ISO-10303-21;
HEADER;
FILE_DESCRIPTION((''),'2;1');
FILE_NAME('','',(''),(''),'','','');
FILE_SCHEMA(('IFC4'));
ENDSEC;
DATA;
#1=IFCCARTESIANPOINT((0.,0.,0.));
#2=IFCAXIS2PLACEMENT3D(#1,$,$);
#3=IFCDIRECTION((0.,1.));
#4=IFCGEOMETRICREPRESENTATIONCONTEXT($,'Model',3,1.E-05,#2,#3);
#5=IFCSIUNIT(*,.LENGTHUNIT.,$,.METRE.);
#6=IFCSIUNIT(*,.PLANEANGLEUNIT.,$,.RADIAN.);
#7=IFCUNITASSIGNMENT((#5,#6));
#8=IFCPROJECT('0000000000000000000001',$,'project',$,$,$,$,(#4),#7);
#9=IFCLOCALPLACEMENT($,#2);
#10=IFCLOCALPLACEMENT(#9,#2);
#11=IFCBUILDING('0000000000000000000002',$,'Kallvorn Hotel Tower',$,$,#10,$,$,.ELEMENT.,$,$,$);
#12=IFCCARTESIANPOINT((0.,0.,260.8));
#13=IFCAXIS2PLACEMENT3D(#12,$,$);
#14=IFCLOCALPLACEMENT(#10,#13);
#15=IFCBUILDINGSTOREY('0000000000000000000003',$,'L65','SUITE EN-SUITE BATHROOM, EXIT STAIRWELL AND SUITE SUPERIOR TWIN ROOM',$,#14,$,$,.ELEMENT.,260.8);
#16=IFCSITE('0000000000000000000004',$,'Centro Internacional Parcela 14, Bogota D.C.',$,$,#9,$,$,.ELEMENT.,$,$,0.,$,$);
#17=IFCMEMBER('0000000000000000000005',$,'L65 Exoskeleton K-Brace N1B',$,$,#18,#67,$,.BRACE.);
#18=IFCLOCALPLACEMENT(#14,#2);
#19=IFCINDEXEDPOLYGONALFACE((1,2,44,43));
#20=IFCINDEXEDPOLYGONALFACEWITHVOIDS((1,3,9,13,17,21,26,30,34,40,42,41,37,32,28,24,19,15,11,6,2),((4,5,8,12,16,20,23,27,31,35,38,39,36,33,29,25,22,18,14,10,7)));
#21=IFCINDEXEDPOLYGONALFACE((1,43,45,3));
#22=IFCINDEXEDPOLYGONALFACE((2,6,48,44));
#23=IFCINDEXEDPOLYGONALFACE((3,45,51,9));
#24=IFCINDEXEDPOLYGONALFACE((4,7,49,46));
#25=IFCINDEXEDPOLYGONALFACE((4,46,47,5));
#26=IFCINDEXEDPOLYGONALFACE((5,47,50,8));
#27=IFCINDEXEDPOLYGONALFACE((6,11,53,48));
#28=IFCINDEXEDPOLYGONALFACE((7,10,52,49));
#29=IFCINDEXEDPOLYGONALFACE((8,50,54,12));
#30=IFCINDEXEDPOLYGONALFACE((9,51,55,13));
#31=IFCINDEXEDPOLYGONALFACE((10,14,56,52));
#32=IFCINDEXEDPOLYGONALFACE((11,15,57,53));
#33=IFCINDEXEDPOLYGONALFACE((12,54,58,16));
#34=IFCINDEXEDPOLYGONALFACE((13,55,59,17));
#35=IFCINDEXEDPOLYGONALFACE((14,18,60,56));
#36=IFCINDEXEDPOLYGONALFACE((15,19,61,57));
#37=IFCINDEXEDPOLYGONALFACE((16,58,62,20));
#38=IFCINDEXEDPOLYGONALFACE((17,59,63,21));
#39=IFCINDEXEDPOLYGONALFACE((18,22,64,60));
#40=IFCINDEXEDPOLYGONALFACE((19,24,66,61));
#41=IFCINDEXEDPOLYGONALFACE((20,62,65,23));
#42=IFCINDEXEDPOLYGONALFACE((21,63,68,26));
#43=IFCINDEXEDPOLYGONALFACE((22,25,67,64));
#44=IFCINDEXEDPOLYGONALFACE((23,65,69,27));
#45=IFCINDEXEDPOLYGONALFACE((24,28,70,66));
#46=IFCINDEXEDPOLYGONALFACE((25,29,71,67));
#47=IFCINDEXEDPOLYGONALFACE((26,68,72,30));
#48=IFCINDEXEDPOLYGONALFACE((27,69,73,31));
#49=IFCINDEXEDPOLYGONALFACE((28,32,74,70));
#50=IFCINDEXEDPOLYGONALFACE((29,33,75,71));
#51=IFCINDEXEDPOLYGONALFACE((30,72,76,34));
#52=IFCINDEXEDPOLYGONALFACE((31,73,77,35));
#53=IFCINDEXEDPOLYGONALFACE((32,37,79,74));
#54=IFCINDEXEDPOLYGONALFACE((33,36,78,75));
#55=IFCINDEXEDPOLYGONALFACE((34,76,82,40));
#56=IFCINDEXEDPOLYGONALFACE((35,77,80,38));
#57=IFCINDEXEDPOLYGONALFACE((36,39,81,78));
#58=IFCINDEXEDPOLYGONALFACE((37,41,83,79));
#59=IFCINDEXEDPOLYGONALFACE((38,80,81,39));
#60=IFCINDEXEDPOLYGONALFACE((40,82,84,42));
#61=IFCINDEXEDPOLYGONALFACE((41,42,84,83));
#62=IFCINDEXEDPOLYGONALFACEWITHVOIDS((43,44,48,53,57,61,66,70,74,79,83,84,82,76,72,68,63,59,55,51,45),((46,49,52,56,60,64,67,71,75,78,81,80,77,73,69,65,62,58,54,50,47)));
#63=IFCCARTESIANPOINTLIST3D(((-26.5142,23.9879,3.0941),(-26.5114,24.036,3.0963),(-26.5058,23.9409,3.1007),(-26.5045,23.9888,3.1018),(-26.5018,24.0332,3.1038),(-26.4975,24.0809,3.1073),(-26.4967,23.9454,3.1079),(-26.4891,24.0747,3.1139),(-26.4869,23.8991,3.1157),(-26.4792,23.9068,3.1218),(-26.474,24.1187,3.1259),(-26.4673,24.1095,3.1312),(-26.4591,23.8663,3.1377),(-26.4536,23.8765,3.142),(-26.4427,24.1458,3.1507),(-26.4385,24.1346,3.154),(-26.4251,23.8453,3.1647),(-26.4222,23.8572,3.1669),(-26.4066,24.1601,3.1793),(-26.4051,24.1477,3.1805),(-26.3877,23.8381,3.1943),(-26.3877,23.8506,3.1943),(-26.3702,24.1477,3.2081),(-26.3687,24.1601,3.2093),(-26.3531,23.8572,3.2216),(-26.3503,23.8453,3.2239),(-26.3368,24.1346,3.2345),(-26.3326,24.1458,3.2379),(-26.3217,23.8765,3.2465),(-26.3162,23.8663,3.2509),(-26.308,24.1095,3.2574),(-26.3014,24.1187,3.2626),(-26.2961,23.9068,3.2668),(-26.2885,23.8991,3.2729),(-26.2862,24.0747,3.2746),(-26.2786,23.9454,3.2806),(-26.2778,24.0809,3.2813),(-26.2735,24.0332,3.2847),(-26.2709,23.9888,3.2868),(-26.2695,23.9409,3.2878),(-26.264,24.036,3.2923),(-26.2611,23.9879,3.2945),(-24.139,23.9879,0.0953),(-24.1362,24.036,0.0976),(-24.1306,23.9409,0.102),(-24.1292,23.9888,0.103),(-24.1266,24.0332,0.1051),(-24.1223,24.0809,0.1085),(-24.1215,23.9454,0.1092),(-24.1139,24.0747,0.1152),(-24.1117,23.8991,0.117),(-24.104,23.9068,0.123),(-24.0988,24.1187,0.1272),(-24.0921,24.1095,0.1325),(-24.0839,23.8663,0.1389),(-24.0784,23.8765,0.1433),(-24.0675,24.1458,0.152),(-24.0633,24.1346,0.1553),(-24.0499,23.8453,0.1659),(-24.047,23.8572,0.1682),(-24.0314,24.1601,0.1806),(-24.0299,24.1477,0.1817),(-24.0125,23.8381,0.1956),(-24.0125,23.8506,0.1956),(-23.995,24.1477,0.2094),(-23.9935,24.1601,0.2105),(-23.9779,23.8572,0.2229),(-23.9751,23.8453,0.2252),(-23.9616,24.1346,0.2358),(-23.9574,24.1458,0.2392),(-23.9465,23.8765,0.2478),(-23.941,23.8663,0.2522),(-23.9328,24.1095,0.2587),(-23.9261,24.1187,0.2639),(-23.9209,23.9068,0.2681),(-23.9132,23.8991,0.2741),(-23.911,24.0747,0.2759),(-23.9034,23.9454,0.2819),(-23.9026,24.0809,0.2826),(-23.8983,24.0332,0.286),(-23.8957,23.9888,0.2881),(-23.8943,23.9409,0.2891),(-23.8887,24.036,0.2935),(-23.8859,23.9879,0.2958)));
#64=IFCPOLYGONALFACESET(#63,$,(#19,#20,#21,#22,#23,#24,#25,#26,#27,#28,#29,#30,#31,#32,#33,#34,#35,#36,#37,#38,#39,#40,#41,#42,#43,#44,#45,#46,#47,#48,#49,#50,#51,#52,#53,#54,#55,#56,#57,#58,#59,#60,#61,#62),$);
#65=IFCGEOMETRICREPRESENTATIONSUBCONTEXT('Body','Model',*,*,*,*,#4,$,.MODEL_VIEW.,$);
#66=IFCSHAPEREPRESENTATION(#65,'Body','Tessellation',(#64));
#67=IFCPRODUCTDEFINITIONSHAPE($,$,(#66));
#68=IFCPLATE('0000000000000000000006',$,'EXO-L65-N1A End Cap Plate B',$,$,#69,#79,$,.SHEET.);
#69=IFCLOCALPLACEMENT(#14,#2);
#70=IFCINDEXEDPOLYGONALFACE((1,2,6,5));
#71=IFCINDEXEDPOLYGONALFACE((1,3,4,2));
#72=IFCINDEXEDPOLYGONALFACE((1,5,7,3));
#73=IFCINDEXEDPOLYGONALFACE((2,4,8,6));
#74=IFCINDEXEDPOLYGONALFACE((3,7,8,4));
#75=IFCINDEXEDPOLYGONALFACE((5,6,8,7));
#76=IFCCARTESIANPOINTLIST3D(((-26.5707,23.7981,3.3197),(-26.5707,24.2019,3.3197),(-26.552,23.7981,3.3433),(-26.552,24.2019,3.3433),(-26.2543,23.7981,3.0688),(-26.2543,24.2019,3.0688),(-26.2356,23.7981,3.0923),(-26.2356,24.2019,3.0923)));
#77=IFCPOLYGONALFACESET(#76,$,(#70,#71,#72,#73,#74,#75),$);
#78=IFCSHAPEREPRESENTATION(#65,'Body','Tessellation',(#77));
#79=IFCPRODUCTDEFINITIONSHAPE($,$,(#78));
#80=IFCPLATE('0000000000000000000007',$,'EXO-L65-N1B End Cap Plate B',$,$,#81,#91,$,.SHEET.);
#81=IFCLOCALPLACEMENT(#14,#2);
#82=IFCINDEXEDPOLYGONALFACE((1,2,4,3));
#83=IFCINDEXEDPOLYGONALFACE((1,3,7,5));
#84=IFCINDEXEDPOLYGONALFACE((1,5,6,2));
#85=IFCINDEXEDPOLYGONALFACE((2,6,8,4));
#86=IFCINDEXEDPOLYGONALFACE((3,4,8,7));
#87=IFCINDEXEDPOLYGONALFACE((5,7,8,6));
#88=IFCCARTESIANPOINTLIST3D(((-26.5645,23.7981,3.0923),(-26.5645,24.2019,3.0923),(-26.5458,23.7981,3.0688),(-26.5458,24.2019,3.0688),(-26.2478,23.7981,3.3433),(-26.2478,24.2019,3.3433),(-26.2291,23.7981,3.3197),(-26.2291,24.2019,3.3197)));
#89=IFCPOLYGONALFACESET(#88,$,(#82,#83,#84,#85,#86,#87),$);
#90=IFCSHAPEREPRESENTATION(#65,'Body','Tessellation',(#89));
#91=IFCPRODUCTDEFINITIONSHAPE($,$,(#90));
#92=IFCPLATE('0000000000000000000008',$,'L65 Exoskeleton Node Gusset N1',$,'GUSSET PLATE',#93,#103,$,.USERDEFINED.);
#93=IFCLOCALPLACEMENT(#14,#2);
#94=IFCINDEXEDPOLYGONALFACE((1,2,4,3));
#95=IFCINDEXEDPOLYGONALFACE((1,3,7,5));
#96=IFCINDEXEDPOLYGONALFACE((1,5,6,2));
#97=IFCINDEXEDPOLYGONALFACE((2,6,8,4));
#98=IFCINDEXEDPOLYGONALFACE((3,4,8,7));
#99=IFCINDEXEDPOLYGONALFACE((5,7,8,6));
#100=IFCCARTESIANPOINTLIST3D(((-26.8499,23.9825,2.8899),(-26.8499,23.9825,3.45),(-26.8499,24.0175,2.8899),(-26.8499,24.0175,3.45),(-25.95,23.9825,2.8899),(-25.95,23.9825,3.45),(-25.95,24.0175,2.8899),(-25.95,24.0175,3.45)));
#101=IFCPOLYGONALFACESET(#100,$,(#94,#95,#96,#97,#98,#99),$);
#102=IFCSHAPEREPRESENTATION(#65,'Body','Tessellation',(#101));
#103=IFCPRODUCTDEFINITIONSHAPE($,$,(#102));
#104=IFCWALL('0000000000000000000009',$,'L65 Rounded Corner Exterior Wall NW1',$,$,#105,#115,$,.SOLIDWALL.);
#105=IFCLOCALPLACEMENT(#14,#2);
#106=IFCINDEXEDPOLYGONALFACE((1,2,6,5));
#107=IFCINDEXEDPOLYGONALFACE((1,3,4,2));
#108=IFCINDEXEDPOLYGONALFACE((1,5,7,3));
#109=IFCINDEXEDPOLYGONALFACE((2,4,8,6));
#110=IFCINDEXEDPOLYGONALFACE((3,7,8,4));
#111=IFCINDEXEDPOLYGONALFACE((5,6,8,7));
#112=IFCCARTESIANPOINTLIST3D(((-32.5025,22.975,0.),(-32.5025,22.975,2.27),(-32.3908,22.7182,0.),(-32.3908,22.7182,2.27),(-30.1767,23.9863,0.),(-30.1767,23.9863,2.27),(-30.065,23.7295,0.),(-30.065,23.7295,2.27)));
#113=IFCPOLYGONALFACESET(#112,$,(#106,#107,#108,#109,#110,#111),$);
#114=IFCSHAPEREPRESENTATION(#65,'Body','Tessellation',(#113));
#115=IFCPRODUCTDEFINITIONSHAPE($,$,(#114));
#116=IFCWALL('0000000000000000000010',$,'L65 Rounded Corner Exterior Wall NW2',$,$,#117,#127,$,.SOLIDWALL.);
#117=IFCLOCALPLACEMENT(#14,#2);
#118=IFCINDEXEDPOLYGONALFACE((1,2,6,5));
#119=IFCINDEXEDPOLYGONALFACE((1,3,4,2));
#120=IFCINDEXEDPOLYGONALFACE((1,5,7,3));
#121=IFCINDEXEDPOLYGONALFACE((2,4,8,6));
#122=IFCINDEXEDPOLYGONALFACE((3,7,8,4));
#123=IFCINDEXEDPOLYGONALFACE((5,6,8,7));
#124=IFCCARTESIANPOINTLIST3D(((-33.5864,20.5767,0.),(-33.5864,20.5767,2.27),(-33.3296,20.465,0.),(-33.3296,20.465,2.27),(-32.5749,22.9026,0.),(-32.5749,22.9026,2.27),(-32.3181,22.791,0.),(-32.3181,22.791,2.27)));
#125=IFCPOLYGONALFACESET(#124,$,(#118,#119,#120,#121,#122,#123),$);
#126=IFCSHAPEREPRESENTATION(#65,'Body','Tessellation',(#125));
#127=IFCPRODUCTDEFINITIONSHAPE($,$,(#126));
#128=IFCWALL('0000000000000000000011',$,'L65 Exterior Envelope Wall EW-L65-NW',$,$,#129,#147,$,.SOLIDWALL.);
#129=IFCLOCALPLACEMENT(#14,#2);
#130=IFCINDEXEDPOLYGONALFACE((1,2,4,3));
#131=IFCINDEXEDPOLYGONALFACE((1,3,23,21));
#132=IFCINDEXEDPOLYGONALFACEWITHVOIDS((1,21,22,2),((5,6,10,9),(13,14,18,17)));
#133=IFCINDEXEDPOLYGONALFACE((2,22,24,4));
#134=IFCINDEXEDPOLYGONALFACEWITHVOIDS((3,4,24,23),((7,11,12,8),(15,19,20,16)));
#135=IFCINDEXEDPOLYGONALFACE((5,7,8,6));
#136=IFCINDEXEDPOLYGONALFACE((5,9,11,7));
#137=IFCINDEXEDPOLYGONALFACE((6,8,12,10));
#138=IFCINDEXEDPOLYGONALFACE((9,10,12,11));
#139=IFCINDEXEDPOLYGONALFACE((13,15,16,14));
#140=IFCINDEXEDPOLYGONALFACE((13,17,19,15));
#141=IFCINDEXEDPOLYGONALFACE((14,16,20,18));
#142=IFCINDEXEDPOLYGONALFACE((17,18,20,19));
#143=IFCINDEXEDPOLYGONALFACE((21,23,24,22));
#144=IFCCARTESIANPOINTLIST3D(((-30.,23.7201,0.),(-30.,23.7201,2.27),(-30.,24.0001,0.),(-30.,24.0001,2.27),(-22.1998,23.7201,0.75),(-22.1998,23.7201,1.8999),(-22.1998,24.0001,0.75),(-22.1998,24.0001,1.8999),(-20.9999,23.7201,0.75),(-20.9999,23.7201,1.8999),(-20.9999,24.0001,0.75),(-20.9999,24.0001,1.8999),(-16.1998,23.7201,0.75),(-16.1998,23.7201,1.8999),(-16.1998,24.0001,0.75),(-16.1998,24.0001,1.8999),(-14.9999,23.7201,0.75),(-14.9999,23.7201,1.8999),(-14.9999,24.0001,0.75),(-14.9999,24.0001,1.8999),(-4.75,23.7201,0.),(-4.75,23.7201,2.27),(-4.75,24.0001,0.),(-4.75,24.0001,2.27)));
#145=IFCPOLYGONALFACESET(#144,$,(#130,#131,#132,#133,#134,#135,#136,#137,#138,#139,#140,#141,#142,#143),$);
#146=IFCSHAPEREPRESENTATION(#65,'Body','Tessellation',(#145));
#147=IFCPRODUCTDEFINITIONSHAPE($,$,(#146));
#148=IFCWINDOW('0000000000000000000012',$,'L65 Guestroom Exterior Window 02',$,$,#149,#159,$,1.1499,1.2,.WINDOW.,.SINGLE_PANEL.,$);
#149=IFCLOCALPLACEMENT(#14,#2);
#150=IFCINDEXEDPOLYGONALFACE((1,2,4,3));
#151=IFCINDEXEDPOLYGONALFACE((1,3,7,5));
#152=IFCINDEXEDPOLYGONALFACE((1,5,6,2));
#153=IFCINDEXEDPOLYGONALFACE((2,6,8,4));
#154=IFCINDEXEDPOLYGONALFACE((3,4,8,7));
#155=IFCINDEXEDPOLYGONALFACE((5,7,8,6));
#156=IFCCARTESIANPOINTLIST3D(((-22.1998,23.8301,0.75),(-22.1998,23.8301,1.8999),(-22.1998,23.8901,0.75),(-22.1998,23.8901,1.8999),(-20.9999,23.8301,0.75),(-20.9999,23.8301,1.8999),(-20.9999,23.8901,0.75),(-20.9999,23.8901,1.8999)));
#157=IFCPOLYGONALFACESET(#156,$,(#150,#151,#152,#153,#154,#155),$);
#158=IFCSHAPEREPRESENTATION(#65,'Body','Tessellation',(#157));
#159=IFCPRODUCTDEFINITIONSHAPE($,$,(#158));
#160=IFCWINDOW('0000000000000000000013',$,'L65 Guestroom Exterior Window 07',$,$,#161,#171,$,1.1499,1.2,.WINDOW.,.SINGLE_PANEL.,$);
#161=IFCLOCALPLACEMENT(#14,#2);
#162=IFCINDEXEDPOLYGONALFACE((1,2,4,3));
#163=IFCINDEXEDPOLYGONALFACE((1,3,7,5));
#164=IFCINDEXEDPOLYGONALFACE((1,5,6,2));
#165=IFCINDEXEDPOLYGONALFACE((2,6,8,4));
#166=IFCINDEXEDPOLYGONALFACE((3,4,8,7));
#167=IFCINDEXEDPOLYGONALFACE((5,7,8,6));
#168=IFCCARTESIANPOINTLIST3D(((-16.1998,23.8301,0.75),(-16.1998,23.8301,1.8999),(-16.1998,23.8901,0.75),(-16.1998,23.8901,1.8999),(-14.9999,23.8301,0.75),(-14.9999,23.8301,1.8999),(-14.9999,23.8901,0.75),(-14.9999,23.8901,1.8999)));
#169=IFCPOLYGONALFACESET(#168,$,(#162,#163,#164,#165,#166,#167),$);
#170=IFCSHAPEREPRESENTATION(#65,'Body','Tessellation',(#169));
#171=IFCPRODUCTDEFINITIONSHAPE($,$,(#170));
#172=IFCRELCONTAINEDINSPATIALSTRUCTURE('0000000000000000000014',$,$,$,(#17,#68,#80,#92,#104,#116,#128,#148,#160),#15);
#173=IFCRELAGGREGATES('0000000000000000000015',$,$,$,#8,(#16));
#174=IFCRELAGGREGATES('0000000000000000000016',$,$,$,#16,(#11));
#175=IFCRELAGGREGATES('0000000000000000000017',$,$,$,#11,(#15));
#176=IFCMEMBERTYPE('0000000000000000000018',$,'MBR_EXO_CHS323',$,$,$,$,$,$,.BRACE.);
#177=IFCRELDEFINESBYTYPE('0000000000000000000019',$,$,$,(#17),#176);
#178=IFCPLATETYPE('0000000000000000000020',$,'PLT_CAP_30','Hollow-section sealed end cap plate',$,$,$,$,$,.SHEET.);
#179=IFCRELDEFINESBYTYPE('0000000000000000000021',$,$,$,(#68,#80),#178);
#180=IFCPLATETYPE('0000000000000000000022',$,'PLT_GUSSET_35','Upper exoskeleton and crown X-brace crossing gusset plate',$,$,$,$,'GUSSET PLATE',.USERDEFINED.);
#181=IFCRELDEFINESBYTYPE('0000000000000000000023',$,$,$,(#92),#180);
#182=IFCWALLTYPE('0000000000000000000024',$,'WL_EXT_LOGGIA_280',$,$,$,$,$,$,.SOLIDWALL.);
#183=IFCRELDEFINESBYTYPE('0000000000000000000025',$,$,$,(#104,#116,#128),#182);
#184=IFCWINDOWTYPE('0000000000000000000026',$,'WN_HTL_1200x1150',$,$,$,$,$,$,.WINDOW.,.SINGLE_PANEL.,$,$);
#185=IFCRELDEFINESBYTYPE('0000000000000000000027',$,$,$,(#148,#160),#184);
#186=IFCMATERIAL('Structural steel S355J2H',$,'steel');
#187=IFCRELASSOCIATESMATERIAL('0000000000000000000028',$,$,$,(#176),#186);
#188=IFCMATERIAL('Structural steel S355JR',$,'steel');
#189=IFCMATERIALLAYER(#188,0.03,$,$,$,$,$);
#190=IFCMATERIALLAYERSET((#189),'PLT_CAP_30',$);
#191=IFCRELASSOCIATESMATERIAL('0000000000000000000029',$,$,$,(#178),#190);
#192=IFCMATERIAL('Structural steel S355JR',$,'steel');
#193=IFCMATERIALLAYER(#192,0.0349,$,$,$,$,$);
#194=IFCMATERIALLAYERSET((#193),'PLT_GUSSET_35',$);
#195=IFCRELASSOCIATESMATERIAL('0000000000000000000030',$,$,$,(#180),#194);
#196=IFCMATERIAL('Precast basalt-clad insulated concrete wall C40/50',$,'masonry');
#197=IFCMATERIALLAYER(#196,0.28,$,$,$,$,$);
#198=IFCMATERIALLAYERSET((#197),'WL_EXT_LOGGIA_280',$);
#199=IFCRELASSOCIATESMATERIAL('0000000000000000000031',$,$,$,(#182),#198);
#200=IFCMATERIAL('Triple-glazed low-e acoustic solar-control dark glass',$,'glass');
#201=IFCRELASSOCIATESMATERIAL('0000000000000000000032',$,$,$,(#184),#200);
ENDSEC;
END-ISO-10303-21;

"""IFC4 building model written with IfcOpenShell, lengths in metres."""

from ifc_helpers import new_model, si_unit, direction, frame, frame_2d, origin, origin_2d, place, context, subcontext, project, spatial, polyline, rectangle, hollow_circle, outline, extrude, material, layer, layer_set, material_profile, profile_set, type_object, element, fill, save


model = new_model("IFC4")

# Units and contexts
model_context = context("Model", 3, precision=1e-05, world=origin(), true_north=direction((0.0, 1.0)))
body_context = subcontext(model_context, "Body", "Model", "MODEL_VIEW")
ifc_project = project(units=[si_unit("LENGTHUNIT", "METRE"), si_unit("PLANEANGLEUNIT", "RADIAN")], contexts=[model_context])

# Site, building, storey
site_placement = place(None, origin())
site = spatial("IfcSite", under=ifc_project, at=site_placement, Name="Centro Internacional Parcela 14, Bogota D.C.", CompositionType="ELEMENT", RefElevation=0.0)
building_placement = place(site_placement, origin())
building = spatial("IfcBuilding", under=site, at=building_placement, Name="Kallvorn Hotel Tower", CompositionType="ELEMENT")
storey_placement = place(building_placement, frame((0.0, 0.0, 260.8)))
storey = spatial("IfcBuildingStorey", under=building, at=storey_placement, Name="L65", Description="SUITE EN-SUITE BATHROOM, EXIT STAIRWELL AND SUITE SUPERIOR TWIN ROOM", CompositionType="ELEMENT", Elevation=260.8)

# Member
ifc_material_1 = material(Name="Structural steel S355J2H", Category="steel")
ifc_material_profile_1 = material_profile(ifc_material_1, hollow_circle(Radius=0.1619, WallThickness=0.0125, at=origin_2d()), Name="CHS 323.9x12.5")
ifc_profile_set_1 = profile_set([ifc_material_profile_1], Name="Structural steel S355J2H")
member_type_1 = type_object("IfcMemberType", Name="MBR_EXO_CHS323", PredefinedType="BRACE", material=ifc_profile_set_1)
for number, where, z_axis, x_axis, name in (
    (1, (-24.0125, 24.0, 0.1956), (-0.620897, 0.0, 0.783892), (0.0, -1.0, 0.0), "L65 Exoskeleton K-Brace N1B"),
):
    element("IfcMember", number, at=place(storey_placement, frame(where, z_axis=z_axis, x_axis=x_axis)), inside=storey, type_object=member_type_1, Name=name, PredefinedType="BRACE", context=body_context, shape_type="SweptSolid", body=[
        extrude(hollow_circle(Radius=0.1619, WallThickness=0.0125, at=origin_2d()), origin(), (0.0, 0.0, 1.0), 3.8254),
    ])

# Plates
ifc_material_2 = material(Name="Structural steel S355JR", Category="steel")
ifc_layer_1 = layer(ifc_material_2, 0.03)
ifc_layer_set_1 = layer_set([ifc_layer_1], Name="PLT_CAP_30")
plate_type_1 = type_object("IfcPlateType", Name="PLT_CAP_30", Description="Hollow-section sealed end cap plate", PredefinedType="SHEET", material=ifc_layer_set_1)
plate_1_placement = place(storey_placement, frame((-26.2356, 23.7981, 3.0923), z_axis=(0.621446, 0.0, 0.783457), x_axis=(0.0, 1.0, 0.0)))
element("IfcPlate", 2, at=plate_1_placement, inside=storey, type_object=plate_type_1, Name="EXO-L65-N1A End Cap Plate B", PredefinedType="SHEET", context=body_context, shape_type="SweptSolid", body=[
    extrude(outline(polyline([(0.0, 0.0), (0.4038, 0.0), (0.4038, 0.4039), (0.0, 0.4039), (0.0, 0.0)])), origin(), (0.0, 0.0, -1.0), 0.03),
])
plate_2_placement = place(storey_placement, frame((-26.5645, 24.2019, 3.0923), z_axis=(-0.621152, 0.0, 0.78369), x_axis=(0.0, -1.0, 0.0)))
element("IfcPlate", 3, at=plate_2_placement, inside=storey, type_object=plate_type_1, Name="EXO-L65-N1B End Cap Plate B", PredefinedType="SHEET", context=body_context, shape_type="SweptSolid", body=[
    extrude(outline(polyline([(0.0, 0.0), (0.4038, 0.0), (0.4038, 0.4041), (0.0, 0.4041), (0.0, 0.0)])), origin(), (0.0, 0.0, -1.0), 0.03),
])
ifc_material_3 = material(Name="Structural steel S355JR", Category="steel")
ifc_layer_2 = layer(ifc_material_3, 0.0349)
ifc_layer_set_2 = layer_set([ifc_layer_2], Name="PLT_GUSSET_35")
plate_type_2 = type_object("IfcPlateType", Name="PLT_GUSSET_35", Description="Upper exoskeleton and crown X-brace crossing gusset plate", ElementType="GUSSET PLATE", PredefinedType="USERDEFINED", material=ifc_layer_set_2)
plate_3_placement = place(storey_placement, frame((-26.3999, 24.0, 2.8899), z_axis=(0.0, 0.0, 1.0), x_axis=(1.0, 0.0, 0.0)))
element("IfcPlate", 4, at=plate_3_placement, inside=storey, type_object=plate_type_2, Name="L65 Exoskeleton Node Gusset N1", ObjectType="GUSSET PLATE", PredefinedType="USERDEFINED", context=body_context, shape_type="SweptSolid", body=[
    extrude(rectangle(XDim=0.8999, YDim=0.0349, at=origin_2d()), origin(), (0.0, 0.0, 1.0), 0.5601),
])

# Walls
ifc_material_4 = material(Name="Precast basalt-clad insulated concrete wall C40/50", Category="masonry")
ifc_layer_3 = layer(ifc_material_4, 0.28)
ifc_layer_set_3 = layer_set([ifc_layer_3], Name="WL_EXT_LOGGIA_280")
wall_type = type_object("IfcWallType", Name="WL_EXT_LOGGIA_280", PredefinedType="SOLIDWALL", material=ifc_layer_set_3)
wall_1_placement = place(storey_placement, frame((-30.1208, 23.8579, 0.0), z_axis=(0.0, 0.0, 1.0), x_axis=(-0.917061, -0.398747, 0.0)))
element("IfcWall", 5, at=wall_1_placement, inside=storey, type_object=wall_type, Name="L65 Rounded Corner Exterior Wall NW1", PredefinedType="SOLIDWALL", context=body_context, shape_type="SweptSolid", body=[
    extrude(rectangle(XDim=2.5361, YDim=0.28, at=frame_2d((1.2681, 0.0))), origin(), (0.0, 0.0, 1.0), 2.27),
])
wall_2_placement = place(storey_placement, frame((-32.4465, 22.8467, 0.0), z_axis=(0.0, 0.0, 1.0), x_axis=(-0.398793, -0.917041, 0.0)))
element("IfcWall", 6, at=wall_2_placement, inside=storey, type_object=wall_type, Name="L65 Rounded Corner Exterior Wall NW2", PredefinedType="SOLIDWALL", context=body_context, shape_type="SweptSolid", body=[
    extrude(rectangle(XDim=2.5364, YDim=0.28, at=frame_2d((1.2681, 0.0))), origin(), (0.0, 0.0, 1.0), 2.27),
])

# Wall, openings, windows
wall_3_placement = place(storey_placement, frame((-30.0, 23.8601, 0.0), z_axis=(0.0, 0.0, 1.0), x_axis=(1.0, 0.0, 0.0)))
wall_3 = element("IfcWall", 7, at=wall_3_placement, inside=storey, type_object=wall_type, Name="L65 Exterior Envelope Wall EW-L65-NW", PredefinedType="SOLIDWALL", context=body_context, shape_type="SweptSolid", body=[
    extrude(rectangle(XDim=25.25, YDim=0.28, at=frame_2d((12.625, 0.0))), origin(), (0.0, 0.0, 1.0), 2.27),
])
opening_1_placement = place(wall_3_placement, frame((7.8, 0.0, 0.75)))
opening_1 = element("IfcOpeningElement", 8, at=opening_1_placement, cuts=wall_3, PredefinedType="OPENING", context=body_context, shape_type="SweptSolid", body=[
    extrude(rectangle(XDim=1.2, YDim=1.1499, at=frame_2d((0.6001, 0.575))), frame((0.0, 0.155, 0.0), z_axis=(0.0, -1.0, 0.0), x_axis=(1.0, 0.0, 0.0)), (0.0, 0.0, 1.0), 0.3101),
])
opening_2_placement = place(wall_3_placement, frame((13.8, 0.0, 0.75)))
opening_2 = element("IfcOpeningElement", 9, at=opening_2_placement, cuts=wall_3, PredefinedType="OPENING", context=body_context, shape_type="SweptSolid", body=[
    extrude(rectangle(XDim=1.2, YDim=1.1499, at=frame_2d((0.6001, 0.575))), frame((0.0, 0.155, 0.0), z_axis=(0.0, -1.0, 0.0), x_axis=(1.0, 0.0, 0.0)), (0.0, 0.0, 1.0), 0.3101),
])
ifc_material_5 = material(Name="Triple-glazed low-e acoustic solar-control dark glass", Category="glass")
window_type = type_object("IfcWindowType", Name="WN_HTL_1200x1150", PartitioningType="SINGLE_PANEL", PredefinedType="WINDOW", material=ifc_material_5)
window_1_placement = place(opening_1_placement, origin())
window_1 = element("IfcWindow", 10, at=window_1_placement, inside=storey, type_object=window_type, Name="L65 Guestroom Exterior Window 02", OverallHeight=1.1499, OverallWidth=1.2, PartitioningType="SINGLE_PANEL", PredefinedType="WINDOW", context=body_context, shape_type="SweptSolid", body=[
    extrude(rectangle(XDim=1.2, YDim=1.1499, at=frame_2d((0.6001, 0.575))), frame((0.0, 0.03, 0.0), z_axis=(0.0, -1.0, 0.0), x_axis=(1.0, 0.0, 0.0)), (0.0, 0.0, 1.0), 0.0601),
])
fill(opening_1, window_1)
window_2_placement = place(opening_2_placement, origin())
window_2 = element("IfcWindow", 11, at=window_2_placement, inside=storey, type_object=window_type, Name="L65 Guestroom Exterior Window 07", OverallHeight=1.1499, OverallWidth=1.2, PartitioningType="SINGLE_PANEL", PredefinedType="WINDOW", context=body_context, shape_type="SweptSolid", body=[
    extrude(rectangle(XDim=1.2, YDim=1.1499, at=frame_2d((0.6001, 0.575))), frame((0.0, 0.03, 0.0), z_axis=(0.0, -1.0, 0.0), x_axis=(1.0, 0.0, 0.0)), (0.0, 0.0, 1.0), 0.0601),
])
fill(opening_2, window_2)

save(model, "model.ifc")
